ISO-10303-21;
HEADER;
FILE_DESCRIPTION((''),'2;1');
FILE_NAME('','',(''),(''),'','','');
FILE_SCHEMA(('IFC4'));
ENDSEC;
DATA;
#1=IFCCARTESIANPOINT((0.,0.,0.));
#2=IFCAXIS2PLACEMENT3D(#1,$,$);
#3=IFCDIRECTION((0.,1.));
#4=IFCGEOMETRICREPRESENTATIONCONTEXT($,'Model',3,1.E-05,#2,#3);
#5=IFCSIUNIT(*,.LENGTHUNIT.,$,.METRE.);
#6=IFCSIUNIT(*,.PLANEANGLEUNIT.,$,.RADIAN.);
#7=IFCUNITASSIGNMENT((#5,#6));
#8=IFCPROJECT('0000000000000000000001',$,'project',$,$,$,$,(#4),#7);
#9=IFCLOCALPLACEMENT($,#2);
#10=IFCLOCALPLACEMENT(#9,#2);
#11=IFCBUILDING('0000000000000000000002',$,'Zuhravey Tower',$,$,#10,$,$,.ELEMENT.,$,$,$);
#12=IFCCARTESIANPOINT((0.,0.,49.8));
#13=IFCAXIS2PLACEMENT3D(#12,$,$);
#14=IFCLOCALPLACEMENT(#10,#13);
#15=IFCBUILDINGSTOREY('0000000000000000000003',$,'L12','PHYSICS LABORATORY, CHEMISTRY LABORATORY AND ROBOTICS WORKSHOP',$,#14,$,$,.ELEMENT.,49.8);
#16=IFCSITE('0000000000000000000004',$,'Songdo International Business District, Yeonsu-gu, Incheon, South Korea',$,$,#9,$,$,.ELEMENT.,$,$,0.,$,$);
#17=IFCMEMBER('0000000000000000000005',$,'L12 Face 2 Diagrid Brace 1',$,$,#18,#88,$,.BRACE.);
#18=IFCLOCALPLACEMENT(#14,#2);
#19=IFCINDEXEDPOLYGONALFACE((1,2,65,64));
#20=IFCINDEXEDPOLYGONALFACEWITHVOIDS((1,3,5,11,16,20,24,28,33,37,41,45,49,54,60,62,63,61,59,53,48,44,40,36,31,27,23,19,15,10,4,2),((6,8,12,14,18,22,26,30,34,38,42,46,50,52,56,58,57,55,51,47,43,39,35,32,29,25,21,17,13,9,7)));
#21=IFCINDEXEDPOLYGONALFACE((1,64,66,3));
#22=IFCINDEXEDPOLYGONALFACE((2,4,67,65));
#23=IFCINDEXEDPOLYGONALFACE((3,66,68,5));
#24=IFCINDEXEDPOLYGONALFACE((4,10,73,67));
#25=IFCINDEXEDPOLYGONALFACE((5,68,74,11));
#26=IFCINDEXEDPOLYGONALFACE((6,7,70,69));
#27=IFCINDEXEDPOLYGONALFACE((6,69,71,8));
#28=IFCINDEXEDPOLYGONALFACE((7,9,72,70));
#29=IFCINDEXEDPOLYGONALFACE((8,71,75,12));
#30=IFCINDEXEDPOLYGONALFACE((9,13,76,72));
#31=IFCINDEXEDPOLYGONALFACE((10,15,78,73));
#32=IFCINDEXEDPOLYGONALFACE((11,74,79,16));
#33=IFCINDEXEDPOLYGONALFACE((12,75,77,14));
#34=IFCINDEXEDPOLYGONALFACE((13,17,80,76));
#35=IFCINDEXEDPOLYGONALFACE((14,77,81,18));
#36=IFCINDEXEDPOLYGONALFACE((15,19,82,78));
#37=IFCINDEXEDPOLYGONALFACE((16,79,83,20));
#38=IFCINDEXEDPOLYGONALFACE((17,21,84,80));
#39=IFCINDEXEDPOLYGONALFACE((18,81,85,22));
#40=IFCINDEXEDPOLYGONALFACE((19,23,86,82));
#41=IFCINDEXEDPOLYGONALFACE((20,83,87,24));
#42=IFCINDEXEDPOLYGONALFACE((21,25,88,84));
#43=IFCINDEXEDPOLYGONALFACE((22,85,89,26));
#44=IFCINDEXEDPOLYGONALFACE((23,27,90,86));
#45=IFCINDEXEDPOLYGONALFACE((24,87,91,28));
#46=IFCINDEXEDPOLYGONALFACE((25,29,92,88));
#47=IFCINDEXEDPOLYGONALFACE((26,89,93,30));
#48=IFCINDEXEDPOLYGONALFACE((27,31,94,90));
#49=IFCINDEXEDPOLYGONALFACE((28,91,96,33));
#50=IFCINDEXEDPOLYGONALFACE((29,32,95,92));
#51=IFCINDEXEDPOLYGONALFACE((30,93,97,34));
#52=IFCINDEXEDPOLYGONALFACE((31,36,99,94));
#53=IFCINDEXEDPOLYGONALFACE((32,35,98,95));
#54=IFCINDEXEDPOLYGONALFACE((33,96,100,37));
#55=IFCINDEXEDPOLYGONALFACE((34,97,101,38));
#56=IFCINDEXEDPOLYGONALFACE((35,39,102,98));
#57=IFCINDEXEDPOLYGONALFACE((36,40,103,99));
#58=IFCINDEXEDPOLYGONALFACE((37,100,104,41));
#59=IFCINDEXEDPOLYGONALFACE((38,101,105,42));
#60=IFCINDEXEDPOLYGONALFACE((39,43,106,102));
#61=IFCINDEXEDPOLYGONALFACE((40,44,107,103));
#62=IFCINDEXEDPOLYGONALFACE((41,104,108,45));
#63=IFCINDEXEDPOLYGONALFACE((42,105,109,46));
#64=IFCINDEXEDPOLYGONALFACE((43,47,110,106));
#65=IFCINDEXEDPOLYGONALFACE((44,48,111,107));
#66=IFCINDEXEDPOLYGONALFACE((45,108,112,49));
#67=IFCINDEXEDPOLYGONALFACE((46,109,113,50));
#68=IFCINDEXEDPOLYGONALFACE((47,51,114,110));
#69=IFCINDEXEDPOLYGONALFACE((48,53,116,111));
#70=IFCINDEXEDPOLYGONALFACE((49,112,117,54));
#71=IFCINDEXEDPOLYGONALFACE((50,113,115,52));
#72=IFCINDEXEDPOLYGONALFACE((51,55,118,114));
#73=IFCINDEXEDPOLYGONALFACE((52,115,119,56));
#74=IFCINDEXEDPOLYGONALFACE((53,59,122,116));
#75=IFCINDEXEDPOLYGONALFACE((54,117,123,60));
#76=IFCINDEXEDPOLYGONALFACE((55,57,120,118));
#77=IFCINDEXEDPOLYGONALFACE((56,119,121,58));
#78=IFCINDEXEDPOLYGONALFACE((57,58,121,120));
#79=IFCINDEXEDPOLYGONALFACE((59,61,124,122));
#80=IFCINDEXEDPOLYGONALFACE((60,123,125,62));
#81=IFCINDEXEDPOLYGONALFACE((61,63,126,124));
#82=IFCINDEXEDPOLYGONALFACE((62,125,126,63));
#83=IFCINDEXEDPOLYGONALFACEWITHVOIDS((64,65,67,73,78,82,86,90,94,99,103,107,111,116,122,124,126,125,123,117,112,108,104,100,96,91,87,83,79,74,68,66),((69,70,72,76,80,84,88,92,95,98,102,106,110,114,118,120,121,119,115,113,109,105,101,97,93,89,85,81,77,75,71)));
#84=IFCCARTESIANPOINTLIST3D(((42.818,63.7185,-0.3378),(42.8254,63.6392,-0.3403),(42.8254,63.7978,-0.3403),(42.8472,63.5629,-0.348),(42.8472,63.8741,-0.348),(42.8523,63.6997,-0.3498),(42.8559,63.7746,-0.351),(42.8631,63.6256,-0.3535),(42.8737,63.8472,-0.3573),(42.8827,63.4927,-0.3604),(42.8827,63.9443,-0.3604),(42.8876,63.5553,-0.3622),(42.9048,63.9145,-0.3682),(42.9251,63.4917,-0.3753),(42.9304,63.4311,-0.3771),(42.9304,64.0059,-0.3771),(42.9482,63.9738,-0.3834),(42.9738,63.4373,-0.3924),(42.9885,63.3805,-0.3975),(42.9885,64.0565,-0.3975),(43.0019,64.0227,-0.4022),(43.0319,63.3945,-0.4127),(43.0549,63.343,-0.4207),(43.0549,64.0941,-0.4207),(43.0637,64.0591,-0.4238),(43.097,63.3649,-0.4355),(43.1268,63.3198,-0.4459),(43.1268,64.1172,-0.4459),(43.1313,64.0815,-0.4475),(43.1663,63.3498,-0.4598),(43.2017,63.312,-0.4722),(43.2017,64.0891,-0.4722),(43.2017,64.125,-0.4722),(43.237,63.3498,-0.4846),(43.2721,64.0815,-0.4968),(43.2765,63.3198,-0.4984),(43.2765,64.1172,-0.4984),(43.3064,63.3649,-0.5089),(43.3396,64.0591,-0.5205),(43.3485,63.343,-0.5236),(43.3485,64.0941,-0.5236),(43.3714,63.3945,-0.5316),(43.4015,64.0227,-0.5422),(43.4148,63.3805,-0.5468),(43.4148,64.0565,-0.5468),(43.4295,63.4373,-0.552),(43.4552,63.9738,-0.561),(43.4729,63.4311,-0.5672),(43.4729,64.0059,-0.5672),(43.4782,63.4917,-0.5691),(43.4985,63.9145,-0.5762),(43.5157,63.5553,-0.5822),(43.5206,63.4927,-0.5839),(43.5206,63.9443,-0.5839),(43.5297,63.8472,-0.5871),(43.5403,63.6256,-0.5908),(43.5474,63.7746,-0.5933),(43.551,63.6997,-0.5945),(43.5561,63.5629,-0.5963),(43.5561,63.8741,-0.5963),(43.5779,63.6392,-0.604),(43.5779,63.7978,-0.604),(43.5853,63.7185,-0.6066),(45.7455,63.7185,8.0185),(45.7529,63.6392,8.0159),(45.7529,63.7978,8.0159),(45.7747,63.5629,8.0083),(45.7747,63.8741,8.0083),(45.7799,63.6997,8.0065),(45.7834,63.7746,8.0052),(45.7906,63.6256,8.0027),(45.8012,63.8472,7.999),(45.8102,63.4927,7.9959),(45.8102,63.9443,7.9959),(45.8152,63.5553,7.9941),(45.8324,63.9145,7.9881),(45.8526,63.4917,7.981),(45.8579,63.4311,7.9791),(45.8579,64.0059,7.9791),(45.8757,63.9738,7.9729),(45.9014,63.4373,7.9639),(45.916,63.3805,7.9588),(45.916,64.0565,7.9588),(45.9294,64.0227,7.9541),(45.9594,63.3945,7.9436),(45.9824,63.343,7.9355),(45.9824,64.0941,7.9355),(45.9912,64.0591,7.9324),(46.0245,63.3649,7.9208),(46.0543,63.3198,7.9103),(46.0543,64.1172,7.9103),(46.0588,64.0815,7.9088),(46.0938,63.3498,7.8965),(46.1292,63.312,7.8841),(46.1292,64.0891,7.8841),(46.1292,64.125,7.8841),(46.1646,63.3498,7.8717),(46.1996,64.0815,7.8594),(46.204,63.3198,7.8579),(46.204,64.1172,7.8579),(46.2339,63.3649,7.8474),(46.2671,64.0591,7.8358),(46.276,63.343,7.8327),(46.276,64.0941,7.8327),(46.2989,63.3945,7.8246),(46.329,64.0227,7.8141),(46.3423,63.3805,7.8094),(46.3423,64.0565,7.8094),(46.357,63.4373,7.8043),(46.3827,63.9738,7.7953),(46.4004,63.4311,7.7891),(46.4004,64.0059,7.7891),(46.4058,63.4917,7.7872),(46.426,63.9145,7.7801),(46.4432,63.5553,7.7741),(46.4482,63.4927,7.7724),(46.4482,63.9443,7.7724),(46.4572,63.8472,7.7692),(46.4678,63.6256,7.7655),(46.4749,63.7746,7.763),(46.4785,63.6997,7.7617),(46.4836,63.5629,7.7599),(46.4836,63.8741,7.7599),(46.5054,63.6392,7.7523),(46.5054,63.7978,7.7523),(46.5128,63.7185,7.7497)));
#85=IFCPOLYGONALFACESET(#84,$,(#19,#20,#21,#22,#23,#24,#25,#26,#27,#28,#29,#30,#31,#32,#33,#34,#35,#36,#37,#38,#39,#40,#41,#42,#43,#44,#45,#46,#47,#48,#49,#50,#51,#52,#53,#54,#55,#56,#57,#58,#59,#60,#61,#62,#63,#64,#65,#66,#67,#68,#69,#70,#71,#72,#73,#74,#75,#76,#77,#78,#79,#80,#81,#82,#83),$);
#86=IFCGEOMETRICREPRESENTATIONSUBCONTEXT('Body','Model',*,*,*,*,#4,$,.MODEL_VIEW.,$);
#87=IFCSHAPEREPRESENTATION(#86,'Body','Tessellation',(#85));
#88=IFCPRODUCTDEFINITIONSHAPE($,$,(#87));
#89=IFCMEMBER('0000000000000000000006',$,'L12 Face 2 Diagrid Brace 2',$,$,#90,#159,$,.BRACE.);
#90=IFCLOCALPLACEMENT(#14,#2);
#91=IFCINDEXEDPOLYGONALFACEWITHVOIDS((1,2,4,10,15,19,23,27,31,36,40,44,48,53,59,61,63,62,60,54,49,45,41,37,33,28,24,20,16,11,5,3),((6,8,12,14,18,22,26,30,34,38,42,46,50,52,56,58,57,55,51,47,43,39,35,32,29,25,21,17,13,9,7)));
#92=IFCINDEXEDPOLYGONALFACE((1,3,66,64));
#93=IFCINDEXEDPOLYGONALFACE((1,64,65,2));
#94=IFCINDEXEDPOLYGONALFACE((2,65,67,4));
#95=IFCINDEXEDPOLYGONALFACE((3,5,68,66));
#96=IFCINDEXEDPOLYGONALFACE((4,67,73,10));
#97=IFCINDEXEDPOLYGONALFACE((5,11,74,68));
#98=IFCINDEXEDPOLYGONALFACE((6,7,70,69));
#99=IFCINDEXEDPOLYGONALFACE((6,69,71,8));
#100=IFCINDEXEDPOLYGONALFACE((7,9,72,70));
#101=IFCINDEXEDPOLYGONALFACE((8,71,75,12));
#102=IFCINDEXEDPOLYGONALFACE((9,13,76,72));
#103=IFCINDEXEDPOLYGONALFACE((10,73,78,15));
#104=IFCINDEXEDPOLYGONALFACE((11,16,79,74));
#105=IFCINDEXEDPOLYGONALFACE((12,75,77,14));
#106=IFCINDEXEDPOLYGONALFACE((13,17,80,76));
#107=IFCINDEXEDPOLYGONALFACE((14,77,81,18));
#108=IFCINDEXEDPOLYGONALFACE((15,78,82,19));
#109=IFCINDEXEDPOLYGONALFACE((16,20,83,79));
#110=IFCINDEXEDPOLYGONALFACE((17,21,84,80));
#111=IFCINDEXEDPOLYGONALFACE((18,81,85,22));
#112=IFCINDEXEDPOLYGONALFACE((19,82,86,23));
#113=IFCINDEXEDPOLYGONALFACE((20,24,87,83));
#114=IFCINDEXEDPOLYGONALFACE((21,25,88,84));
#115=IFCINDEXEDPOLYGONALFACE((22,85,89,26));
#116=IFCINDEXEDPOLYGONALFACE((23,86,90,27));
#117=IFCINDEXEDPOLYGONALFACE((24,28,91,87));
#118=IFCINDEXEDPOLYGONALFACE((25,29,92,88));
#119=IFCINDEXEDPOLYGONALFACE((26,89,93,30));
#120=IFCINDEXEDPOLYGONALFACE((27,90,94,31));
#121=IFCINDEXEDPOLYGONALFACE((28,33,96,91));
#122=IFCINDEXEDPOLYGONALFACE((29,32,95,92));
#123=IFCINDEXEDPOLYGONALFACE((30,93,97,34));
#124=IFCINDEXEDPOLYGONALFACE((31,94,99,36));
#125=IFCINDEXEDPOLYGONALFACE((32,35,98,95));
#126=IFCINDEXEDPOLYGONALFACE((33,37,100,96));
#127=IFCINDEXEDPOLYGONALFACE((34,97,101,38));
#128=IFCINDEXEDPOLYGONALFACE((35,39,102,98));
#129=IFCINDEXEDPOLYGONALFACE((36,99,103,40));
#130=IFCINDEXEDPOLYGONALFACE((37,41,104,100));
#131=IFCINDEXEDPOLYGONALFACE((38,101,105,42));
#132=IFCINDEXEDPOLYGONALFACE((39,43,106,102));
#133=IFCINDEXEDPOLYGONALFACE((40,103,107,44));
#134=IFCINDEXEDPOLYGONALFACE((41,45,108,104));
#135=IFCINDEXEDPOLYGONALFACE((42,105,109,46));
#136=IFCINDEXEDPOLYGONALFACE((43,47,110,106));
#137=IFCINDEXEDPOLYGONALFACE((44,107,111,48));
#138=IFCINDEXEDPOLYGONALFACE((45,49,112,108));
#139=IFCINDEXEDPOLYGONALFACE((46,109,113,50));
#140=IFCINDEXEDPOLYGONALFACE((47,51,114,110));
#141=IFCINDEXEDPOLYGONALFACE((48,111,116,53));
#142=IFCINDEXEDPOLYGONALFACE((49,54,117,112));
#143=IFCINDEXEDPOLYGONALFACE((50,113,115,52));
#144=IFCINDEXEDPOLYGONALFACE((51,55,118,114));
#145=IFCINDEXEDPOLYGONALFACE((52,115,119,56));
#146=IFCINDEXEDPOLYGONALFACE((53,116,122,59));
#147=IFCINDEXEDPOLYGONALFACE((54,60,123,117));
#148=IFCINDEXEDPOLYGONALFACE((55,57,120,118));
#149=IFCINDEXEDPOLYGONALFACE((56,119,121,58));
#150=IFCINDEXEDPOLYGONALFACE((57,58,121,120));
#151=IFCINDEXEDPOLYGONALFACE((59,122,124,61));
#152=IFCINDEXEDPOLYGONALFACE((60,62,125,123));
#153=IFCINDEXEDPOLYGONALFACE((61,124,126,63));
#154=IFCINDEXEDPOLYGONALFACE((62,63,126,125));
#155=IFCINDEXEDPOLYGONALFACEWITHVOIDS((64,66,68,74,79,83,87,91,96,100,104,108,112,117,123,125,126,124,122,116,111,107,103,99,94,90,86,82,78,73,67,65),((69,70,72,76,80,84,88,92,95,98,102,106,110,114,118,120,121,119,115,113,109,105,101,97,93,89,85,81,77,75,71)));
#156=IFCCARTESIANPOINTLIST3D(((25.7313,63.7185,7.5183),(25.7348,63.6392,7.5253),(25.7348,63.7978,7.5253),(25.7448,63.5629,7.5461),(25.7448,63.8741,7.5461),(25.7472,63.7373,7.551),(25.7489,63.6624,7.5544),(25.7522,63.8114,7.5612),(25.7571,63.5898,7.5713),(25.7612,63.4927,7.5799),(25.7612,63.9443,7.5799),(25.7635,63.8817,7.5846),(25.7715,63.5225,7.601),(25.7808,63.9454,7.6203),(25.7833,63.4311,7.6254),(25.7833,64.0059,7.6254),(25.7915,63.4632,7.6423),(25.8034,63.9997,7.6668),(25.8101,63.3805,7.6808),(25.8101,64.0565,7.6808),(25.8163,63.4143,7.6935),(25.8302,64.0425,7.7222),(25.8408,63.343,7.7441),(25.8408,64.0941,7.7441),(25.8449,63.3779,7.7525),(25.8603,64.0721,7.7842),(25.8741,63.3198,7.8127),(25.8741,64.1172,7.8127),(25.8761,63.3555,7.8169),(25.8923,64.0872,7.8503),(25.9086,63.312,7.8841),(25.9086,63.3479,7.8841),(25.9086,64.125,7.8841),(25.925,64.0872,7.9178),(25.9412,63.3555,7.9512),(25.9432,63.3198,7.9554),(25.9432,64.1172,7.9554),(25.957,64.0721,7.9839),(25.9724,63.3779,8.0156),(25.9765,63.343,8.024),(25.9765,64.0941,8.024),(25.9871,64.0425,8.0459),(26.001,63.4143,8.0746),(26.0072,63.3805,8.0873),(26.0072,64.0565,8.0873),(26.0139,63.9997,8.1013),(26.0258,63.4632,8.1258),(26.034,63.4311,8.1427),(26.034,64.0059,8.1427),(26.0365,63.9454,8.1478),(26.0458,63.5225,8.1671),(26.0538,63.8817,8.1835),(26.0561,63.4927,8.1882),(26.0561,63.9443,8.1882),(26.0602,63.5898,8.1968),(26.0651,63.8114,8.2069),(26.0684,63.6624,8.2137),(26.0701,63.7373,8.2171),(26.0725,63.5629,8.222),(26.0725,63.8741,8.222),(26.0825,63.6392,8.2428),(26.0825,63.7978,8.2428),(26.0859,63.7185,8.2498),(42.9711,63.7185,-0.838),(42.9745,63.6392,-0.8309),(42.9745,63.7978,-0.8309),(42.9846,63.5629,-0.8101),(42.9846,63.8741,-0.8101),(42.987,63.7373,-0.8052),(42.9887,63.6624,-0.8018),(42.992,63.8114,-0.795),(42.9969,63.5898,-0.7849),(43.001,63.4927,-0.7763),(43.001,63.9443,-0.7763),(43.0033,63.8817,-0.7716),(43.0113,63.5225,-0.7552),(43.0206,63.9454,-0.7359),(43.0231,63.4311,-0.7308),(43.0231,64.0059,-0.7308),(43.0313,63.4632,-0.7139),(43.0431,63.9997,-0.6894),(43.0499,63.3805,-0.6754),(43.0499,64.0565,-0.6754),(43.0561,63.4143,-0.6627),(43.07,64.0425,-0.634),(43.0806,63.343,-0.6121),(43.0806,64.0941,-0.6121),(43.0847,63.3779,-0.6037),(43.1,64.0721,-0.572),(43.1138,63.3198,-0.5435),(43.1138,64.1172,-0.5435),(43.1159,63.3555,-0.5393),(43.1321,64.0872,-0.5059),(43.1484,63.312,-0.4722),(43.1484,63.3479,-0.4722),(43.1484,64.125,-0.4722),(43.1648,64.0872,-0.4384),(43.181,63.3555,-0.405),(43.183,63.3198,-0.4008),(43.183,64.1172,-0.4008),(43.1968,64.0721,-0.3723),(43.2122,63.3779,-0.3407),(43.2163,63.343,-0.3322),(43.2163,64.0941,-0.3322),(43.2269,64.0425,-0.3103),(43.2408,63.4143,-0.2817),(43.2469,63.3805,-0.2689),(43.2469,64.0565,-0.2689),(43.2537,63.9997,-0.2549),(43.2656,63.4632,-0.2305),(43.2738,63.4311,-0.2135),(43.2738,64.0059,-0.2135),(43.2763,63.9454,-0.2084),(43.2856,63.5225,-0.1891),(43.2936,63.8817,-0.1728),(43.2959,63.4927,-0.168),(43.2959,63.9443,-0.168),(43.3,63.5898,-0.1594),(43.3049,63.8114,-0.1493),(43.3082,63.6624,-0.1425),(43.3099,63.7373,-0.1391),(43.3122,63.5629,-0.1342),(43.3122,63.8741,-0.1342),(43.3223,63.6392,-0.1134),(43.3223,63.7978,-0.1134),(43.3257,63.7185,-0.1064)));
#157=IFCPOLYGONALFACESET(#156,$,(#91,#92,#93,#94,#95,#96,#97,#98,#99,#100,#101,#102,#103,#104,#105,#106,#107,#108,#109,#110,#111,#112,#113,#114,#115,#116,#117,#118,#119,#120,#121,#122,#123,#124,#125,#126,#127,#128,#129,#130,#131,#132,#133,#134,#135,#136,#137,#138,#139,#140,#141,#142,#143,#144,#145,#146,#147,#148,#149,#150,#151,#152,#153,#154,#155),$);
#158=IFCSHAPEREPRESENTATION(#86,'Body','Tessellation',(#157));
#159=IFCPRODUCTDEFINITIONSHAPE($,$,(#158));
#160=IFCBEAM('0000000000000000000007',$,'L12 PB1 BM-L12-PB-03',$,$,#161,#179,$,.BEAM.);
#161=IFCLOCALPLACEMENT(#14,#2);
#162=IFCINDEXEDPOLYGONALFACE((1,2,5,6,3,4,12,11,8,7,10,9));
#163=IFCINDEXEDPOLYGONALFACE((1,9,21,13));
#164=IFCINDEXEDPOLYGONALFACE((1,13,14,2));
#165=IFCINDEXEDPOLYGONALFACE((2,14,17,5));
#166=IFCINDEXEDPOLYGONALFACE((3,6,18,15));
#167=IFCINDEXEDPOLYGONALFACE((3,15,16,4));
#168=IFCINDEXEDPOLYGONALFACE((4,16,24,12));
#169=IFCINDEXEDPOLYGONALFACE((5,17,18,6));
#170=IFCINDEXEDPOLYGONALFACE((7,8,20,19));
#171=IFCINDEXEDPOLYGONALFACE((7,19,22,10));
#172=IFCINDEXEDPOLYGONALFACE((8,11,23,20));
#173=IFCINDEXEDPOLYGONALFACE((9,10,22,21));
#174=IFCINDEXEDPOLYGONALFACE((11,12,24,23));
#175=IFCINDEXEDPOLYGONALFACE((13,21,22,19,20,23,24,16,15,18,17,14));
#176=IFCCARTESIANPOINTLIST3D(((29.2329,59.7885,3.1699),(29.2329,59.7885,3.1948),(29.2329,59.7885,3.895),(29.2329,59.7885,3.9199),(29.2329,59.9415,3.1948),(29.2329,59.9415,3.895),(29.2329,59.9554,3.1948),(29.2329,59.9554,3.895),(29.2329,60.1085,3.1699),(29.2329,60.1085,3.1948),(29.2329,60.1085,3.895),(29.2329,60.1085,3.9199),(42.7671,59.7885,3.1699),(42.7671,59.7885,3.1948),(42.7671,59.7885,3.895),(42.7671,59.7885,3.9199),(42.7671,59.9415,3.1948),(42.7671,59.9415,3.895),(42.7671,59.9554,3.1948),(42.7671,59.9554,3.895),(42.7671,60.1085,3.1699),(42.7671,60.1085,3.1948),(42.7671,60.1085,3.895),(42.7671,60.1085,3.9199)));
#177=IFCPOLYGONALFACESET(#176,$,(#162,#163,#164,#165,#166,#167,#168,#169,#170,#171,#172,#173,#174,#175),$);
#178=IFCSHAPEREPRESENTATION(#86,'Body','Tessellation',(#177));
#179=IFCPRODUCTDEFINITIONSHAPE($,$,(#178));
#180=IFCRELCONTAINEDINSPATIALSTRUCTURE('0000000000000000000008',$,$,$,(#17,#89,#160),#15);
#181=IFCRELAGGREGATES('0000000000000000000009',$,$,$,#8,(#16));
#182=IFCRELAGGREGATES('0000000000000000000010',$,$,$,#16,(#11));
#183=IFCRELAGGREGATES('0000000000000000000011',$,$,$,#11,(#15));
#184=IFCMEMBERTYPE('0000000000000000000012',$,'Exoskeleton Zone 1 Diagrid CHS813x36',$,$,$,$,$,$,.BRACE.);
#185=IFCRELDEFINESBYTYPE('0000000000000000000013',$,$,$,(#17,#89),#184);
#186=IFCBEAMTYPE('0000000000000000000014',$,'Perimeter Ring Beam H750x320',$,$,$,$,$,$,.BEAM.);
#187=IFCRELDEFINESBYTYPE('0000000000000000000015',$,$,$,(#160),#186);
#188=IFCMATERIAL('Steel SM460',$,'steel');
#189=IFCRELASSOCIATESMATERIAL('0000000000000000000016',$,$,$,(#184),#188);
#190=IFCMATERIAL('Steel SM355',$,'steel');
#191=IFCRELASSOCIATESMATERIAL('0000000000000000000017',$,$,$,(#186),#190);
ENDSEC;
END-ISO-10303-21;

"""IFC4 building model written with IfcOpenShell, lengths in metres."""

from ifc_helpers import new_model, si_unit, direction, frame, origin, origin_2d, place, context, subcontext, project, spatial, hollow_circle, i_section, extrude, material, material_profile, profile_set, type_object, element, save


model = new_model("IFC4")

# Units and contexts
model_context = context("Model", 3, precision=1e-05, world=origin(), true_north=direction((0.0, 1.0)))
body_context = subcontext(model_context, "Body", "Model", "MODEL_VIEW")
ifc_project = project(units=[si_unit("LENGTHUNIT", "METRE"), si_unit("PLANEANGLEUNIT", "RADIAN")], contexts=[model_context])

# Site, building, storey
site_placement = place(None, origin())
site = spatial("IfcSite", under=ifc_project, at=site_placement, Name="Songdo International Business District, Yeonsu-gu, Incheon, South Korea", CompositionType="ELEMENT", RefElevation=0.0)
building_placement = place(site_placement, origin())
building = spatial("IfcBuilding", under=site, at=building_placement, Name="Zuhravey Tower", CompositionType="ELEMENT")
storey_placement = place(building_placement, frame((0.0, 0.0, 49.8)))
storey = spatial("IfcBuildingStorey", under=building, at=storey_placement, Name="L12", Description="PHYSICS LABORATORY, CHEMISTRY LABORATORY AND ROBOTICS WORKSHOP", CompositionType="ELEMENT", Elevation=49.8)

# Members
ifc_material_1 = material(Name="Steel SM355", Category="steel")
ifc_material_2 = material(Name="Steel SM460", Category="steel")
ifc_material_profile_1 = material_profile(ifc_material_2, hollow_circle(Radius=0.4065, WallThickness=0.0359, at=origin_2d()), Name="CHS-812.8x36")
ifc_profile_set_1 = profile_set([ifc_material_profile_1], Name="Steel SM460")
member_type_1 = type_object("IfcMemberType", Name="Exoskeleton Zone 1 Diagrid CHS813x36", PredefinedType="BRACE", material=ifc_profile_set_1)
member_1_placement = place(storey_placement, frame((43.2017, 63.7185, -0.4722), z_axis=(0.330634, 0.0, 0.943759), x_axis=(0.0, 1.0, 0.0)))
element("IfcMember", 1, at=member_1_placement, inside=storey, type_object=member_type_1, Name="L12 Face 2 Diagrid Brace 1", PredefinedType="BRACE", context=body_context, shape_type="SweptSolid", body=[
    extrude(hollow_circle(Radius=0.4065, WallThickness=0.0359, at=origin_2d()), origin(), (0.0, 0.0, 1.0), 8.8542),
])
member_2_placement = place(storey_placement, frame((43.1484, 63.7185, -0.4722), z_axis=(-0.899865, 0.0, 0.436169), x_axis=(0.0, -1.0, 0.0)))
element("IfcMember", 2, at=member_2_placement, inside=storey, type_object=member_type_1, Name="L12 Face 2 Diagrid Brace 2", PredefinedType="BRACE", context=body_context, shape_type="SweptSolid", body=[
    extrude(hollow_circle(Radius=0.4065, WallThickness=0.0359, at=origin_2d()), origin(), (0.0, 0.0, 1.0), 19.1582),
])

# Beam
ifc_material_profile_2 = material_profile(ifc_material_1, i_section(OverallWidth=0.3201, OverallDepth=0.75, WebThickness=0.0139, FlangeThickness=0.0249, at=origin_2d()), Name="H-750x320x14x25")
ifc_profile_set_2 = profile_set([ifc_material_profile_2], Name="Steel SM355")
beam_type_1 = type_object("IfcBeamType", Name="Perimeter Ring Beam H750x320", PredefinedType="BEAM", material=ifc_profile_set_2)
beam_1_placement = place(storey_placement, frame((42.7671, 59.9485, 3.5449), z_axis=(-1.0, 0.0, 0.0), x_axis=(0.0, -1.0, 0.0)))
element("IfcBeam", 3, at=beam_1_placement, inside=storey, type_object=beam_type_1, Name="L12 PB1 BM-L12-PB-03", PredefinedType="BEAM", context=body_context, shape_type="SweptSolid", body=[
    extrude(i_section(OverallWidth=0.3201, OverallDepth=0.75, WebThickness=0.0139, FlangeThickness=0.0249, at=origin_2d()), origin(), (0.0, 0.0, 1.0), 13.5342),
])

save(model, "model.ifc")
